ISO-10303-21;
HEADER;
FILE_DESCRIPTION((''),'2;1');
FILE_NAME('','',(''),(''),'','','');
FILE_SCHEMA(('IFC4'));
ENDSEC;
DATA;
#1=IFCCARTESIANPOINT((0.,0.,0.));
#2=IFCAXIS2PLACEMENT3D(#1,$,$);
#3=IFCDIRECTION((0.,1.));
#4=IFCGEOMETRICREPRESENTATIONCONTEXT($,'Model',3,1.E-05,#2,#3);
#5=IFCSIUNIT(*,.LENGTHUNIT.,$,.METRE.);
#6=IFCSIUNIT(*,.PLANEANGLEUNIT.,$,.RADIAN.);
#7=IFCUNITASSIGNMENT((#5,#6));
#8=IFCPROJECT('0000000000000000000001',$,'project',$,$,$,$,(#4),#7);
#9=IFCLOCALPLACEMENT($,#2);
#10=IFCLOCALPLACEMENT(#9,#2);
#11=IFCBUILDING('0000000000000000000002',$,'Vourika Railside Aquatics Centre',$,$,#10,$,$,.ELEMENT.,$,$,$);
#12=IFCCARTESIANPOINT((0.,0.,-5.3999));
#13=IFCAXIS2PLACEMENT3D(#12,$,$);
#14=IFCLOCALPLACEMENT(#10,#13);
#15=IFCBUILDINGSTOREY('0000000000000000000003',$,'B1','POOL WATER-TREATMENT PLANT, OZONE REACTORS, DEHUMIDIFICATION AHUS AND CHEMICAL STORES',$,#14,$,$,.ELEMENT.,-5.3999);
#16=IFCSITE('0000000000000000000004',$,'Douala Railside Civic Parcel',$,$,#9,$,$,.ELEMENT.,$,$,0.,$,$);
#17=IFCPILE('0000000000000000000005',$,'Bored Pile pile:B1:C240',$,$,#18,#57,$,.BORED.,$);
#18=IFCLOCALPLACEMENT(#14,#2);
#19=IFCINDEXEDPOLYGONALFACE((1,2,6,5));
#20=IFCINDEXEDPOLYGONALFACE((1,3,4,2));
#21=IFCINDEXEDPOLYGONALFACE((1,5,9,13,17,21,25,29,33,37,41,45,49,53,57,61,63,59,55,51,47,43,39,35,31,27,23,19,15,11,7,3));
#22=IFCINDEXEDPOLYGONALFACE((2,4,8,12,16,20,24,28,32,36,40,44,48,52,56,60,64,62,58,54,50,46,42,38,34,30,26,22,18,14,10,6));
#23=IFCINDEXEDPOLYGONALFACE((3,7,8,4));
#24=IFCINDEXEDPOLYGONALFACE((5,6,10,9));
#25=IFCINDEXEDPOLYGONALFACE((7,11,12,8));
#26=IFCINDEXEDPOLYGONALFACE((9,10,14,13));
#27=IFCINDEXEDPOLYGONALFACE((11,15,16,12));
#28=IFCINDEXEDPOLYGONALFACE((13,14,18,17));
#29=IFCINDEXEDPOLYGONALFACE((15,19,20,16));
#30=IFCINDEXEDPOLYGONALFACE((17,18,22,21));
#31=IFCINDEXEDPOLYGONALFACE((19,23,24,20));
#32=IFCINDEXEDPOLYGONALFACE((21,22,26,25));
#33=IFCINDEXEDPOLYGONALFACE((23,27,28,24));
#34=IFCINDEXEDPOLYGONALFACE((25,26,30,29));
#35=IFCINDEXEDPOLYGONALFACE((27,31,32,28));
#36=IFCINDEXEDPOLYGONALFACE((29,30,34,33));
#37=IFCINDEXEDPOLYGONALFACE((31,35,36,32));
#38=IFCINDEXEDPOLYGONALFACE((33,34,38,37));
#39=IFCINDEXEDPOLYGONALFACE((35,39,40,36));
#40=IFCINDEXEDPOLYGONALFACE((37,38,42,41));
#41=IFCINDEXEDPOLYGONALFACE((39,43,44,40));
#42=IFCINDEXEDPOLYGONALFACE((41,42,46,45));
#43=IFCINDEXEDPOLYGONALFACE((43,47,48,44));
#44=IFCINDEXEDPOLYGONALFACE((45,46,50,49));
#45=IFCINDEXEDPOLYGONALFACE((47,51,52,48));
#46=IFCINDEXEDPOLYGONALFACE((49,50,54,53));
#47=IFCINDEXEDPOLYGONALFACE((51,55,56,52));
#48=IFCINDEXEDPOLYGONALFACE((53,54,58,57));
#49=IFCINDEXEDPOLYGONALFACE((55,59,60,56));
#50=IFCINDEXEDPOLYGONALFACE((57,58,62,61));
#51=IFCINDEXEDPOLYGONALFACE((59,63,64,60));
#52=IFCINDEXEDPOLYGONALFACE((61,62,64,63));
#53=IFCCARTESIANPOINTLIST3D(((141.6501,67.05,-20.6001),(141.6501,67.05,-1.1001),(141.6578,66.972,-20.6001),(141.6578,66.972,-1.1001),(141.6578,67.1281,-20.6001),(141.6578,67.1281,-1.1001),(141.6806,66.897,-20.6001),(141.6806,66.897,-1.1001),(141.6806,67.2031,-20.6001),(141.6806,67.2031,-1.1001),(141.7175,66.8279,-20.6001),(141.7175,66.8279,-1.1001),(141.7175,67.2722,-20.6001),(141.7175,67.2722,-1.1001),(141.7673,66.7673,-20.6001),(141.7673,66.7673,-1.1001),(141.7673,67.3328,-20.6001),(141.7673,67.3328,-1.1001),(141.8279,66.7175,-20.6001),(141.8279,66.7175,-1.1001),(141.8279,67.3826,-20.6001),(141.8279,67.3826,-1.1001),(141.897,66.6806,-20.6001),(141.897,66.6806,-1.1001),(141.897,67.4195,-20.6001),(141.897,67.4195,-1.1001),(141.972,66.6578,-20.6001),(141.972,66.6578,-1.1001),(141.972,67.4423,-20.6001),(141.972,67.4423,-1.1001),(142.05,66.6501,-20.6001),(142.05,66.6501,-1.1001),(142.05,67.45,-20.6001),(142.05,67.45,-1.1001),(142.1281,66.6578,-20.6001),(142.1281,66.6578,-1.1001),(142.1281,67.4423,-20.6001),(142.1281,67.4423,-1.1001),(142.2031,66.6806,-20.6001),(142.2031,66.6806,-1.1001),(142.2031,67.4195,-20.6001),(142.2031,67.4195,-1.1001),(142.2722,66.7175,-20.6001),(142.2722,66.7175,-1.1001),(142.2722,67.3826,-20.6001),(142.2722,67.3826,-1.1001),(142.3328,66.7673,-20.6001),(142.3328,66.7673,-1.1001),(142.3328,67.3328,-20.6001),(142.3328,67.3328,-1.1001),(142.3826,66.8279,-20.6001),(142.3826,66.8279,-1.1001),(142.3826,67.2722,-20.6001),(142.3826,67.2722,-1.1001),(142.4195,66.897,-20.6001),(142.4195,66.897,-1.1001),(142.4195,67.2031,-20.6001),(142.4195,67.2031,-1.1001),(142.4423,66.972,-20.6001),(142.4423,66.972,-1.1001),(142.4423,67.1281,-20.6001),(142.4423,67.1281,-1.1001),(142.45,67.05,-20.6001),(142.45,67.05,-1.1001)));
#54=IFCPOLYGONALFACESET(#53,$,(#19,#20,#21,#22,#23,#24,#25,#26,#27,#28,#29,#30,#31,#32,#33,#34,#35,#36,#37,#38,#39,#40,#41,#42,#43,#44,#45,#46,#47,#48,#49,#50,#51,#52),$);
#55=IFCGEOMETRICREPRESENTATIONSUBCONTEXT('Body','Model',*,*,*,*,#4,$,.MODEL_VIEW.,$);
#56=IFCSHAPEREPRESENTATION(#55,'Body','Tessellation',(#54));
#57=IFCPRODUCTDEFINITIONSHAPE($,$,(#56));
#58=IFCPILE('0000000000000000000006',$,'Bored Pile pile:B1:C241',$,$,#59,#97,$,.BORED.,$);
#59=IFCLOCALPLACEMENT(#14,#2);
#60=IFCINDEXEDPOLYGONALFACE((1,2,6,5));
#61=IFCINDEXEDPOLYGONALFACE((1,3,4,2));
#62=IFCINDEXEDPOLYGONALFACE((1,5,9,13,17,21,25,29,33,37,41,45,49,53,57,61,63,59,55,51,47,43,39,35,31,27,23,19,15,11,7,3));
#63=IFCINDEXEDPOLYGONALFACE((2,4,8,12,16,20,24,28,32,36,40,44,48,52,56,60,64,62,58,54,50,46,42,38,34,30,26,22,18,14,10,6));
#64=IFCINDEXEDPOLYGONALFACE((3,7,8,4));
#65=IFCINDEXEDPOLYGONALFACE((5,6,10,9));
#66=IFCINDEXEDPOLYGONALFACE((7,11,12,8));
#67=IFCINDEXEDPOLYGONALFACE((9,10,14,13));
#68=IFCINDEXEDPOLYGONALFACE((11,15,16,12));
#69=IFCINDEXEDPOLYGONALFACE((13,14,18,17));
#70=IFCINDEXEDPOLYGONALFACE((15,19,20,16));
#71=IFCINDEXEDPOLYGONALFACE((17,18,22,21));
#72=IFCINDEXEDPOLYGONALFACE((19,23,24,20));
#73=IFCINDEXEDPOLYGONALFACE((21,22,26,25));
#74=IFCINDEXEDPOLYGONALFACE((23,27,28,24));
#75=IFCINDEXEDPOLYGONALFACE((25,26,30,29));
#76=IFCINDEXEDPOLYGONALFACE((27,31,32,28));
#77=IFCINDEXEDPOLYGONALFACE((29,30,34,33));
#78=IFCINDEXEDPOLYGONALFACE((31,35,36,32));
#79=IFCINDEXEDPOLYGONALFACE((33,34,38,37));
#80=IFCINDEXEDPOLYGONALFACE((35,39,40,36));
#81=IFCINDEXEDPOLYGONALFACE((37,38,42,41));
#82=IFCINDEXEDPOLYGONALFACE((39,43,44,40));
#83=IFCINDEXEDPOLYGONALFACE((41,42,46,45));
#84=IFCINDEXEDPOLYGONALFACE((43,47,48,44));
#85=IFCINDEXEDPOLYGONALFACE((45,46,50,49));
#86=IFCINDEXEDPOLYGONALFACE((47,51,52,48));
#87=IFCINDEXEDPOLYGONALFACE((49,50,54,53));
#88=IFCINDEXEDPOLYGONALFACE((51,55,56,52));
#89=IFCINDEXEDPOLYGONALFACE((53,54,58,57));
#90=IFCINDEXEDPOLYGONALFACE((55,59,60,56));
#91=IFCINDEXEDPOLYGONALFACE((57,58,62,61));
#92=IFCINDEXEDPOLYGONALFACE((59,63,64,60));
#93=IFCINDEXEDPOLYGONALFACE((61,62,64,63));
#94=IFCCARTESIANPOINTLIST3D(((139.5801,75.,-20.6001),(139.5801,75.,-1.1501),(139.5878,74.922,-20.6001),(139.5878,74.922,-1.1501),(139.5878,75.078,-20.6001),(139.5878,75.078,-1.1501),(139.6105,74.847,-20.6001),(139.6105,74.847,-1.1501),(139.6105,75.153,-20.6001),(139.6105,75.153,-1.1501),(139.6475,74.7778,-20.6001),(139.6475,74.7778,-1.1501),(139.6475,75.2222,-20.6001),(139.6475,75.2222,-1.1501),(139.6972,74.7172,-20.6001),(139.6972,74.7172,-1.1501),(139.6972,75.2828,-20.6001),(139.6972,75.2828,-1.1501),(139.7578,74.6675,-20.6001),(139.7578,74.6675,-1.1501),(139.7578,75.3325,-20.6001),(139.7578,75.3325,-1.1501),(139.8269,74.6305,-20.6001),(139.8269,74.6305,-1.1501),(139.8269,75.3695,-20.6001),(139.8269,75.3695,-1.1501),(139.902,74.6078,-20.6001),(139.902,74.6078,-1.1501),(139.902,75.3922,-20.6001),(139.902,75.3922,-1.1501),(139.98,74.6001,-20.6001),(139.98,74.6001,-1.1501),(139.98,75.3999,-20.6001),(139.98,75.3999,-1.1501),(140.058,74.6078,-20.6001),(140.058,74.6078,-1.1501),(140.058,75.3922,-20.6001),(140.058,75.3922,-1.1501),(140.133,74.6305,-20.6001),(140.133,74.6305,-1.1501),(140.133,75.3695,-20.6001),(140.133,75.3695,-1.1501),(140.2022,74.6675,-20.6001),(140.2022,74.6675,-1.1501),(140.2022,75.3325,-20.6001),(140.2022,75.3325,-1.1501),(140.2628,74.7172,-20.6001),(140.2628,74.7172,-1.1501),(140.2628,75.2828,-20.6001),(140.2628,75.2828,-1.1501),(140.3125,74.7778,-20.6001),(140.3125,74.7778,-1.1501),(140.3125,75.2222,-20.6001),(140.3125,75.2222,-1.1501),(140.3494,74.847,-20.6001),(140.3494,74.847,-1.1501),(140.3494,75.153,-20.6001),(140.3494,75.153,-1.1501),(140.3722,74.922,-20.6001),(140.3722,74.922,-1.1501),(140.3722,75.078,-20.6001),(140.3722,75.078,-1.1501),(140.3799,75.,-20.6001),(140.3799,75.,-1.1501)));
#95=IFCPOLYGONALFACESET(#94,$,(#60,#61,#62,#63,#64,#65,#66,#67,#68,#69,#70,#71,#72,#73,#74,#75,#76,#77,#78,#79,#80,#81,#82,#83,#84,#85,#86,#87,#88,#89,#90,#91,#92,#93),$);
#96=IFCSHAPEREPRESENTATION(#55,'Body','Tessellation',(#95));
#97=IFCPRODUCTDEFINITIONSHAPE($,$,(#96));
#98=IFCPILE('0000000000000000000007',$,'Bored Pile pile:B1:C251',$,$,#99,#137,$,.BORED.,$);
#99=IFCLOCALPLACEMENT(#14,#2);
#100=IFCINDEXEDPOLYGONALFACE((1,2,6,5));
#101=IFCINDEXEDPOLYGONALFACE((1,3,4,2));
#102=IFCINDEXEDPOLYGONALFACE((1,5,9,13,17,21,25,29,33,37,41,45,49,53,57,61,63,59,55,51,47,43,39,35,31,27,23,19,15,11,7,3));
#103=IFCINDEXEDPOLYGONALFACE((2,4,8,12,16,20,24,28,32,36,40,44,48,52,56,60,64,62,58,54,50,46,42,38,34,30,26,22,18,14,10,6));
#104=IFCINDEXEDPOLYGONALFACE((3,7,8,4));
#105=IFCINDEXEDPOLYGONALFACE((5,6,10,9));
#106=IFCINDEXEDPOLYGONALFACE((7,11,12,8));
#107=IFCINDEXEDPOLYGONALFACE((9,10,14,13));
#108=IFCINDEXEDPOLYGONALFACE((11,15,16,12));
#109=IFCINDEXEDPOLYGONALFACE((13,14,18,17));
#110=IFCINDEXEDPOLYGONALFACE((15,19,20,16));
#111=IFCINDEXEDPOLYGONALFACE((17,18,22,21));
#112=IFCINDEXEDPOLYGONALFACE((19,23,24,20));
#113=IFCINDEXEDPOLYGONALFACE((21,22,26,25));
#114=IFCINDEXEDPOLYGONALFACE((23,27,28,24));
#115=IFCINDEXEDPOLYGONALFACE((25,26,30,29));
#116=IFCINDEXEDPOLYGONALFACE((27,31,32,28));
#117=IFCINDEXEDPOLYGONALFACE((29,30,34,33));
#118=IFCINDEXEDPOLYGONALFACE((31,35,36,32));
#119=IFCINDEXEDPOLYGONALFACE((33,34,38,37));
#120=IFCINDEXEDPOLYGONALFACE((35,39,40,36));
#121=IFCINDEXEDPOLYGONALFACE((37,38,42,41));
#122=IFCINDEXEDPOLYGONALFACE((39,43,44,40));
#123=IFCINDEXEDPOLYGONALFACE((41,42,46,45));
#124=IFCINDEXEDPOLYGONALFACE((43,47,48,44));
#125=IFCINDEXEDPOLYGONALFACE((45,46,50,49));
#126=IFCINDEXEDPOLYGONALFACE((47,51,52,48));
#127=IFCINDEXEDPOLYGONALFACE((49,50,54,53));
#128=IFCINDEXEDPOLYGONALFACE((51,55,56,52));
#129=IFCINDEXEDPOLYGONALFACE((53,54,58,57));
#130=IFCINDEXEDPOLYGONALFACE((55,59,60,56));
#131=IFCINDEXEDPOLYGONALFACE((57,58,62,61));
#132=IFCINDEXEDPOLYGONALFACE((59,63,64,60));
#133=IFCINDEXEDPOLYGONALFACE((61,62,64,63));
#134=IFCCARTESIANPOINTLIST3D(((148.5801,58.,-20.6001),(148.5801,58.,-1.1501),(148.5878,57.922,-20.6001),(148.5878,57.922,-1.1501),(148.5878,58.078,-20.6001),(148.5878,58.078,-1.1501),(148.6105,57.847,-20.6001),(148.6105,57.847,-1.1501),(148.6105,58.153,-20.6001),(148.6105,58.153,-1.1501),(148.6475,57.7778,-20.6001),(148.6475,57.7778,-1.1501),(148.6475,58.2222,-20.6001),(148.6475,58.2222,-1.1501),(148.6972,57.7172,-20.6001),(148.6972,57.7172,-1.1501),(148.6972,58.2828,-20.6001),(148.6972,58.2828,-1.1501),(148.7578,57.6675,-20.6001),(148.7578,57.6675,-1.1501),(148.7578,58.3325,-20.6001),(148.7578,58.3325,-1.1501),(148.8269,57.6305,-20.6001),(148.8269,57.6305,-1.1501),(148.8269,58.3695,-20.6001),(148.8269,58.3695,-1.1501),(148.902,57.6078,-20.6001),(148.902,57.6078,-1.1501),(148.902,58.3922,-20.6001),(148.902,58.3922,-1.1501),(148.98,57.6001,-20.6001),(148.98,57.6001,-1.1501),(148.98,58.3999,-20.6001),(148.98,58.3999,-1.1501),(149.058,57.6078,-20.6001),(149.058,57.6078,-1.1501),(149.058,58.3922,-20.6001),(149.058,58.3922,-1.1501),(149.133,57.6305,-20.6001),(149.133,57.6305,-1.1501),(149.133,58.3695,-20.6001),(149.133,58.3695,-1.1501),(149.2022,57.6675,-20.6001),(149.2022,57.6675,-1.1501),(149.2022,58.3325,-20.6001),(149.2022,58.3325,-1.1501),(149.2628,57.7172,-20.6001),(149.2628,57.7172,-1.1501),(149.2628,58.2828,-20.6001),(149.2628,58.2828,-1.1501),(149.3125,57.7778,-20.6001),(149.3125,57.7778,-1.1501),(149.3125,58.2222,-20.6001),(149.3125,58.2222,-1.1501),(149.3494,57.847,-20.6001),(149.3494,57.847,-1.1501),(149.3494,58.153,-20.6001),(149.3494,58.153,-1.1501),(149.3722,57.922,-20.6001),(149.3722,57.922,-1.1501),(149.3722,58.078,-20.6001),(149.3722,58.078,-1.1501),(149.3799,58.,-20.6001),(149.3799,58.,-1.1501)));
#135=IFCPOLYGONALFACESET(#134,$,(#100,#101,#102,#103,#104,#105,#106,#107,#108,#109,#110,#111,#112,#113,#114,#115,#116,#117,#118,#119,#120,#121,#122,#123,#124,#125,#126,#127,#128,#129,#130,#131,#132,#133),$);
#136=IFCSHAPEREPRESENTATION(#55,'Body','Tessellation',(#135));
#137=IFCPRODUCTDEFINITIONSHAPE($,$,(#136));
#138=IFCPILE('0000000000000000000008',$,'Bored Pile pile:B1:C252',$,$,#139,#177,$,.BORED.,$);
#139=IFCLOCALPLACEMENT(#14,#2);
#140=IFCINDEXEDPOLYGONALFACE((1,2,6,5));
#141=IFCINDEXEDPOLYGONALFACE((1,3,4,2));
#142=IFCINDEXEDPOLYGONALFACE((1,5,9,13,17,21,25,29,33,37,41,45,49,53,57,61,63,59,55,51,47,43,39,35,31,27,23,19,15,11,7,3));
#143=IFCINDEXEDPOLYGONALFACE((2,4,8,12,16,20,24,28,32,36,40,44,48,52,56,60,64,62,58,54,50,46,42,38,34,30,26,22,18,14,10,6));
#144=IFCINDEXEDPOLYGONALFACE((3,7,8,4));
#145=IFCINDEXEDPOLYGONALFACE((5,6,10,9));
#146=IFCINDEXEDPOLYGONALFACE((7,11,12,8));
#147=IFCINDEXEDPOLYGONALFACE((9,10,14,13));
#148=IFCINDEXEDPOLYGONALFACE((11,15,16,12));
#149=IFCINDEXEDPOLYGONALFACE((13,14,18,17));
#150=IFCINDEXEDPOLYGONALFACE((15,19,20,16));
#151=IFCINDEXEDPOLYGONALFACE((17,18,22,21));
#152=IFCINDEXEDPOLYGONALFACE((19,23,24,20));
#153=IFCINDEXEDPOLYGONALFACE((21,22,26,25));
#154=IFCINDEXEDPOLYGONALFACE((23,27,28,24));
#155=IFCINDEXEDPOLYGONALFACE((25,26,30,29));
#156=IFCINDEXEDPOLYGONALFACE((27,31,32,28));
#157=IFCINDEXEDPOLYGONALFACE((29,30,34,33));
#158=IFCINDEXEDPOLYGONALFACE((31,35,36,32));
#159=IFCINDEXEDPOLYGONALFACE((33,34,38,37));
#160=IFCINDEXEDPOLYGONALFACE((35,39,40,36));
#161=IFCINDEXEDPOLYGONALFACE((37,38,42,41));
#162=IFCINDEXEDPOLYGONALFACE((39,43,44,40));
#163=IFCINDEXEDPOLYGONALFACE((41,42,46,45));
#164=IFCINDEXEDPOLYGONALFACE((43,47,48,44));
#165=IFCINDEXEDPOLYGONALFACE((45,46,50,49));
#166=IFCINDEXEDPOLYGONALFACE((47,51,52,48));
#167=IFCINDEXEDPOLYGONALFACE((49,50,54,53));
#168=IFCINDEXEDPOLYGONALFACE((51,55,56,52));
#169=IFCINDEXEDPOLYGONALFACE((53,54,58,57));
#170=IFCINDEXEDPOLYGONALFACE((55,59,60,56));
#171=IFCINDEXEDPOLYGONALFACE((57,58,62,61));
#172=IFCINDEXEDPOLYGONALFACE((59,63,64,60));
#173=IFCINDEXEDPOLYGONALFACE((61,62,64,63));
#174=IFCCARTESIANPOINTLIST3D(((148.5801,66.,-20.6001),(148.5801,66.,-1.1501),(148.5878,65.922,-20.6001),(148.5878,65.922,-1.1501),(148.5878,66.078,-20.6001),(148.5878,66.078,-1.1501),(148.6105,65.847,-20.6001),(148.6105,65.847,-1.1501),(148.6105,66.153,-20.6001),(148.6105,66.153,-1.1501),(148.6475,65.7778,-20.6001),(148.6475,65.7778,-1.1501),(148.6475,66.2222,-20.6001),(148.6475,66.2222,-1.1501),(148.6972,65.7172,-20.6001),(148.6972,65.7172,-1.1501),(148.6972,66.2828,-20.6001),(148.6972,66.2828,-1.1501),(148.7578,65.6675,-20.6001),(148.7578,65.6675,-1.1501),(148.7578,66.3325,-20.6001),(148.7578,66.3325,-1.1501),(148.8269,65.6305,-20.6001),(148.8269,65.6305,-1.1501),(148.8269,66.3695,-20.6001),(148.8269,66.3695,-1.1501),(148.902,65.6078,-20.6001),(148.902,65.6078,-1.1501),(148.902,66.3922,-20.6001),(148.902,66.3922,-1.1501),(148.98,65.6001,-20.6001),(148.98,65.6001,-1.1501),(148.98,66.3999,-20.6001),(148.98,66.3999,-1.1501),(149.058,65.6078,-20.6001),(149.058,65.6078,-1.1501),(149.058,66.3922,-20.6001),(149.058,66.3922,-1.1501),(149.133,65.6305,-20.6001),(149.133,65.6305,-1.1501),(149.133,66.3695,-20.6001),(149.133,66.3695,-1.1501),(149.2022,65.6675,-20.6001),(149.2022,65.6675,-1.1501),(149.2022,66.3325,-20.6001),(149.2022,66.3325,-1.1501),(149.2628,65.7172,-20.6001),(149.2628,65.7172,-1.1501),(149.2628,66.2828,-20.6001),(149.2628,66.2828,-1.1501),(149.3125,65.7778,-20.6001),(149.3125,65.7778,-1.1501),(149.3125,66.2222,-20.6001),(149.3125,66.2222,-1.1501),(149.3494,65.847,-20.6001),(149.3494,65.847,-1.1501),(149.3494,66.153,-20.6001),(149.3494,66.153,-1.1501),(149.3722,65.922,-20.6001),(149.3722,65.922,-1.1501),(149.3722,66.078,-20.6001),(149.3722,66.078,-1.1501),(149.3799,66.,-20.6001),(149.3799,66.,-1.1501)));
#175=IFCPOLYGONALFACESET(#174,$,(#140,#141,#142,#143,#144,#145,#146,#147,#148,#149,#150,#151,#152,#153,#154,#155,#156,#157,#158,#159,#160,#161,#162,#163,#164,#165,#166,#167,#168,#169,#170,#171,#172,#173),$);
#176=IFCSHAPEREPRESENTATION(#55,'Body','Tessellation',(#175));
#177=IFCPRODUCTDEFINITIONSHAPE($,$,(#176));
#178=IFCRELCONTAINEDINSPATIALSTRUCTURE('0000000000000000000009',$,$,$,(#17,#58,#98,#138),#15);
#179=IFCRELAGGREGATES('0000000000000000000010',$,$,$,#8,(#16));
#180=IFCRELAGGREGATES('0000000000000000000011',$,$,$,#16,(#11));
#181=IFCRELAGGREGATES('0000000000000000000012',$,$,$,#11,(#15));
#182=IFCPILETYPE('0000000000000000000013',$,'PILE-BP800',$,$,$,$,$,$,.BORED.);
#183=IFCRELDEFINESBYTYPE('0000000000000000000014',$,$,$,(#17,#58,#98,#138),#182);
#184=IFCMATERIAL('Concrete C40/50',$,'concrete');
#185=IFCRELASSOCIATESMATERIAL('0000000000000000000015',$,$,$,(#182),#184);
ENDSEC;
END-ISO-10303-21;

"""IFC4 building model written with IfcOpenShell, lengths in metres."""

from ifc_helpers import new_model, si_unit, direction, frame, origin, origin_2d, place, context, subcontext, project, spatial, circle, extrude, material, material_profile, profile_set, type_object, element, save


model = new_model("IFC4")

# Units and contexts
model_context = context("Model", 3, precision=1e-05, world=origin(), true_north=direction((0.0, 1.0)))
body_context = subcontext(model_context, "Body", "Model", "MODEL_VIEW")
ifc_project = project(units=[si_unit("LENGTHUNIT", "METRE"), si_unit("PLANEANGLEUNIT", "RADIAN")], contexts=[model_context])

# Site, building, storey
site_placement = place(None, origin())
site = spatial("IfcSite", under=ifc_project, at=site_placement, Name="Douala Railside Civic Parcel", CompositionType="ELEMENT", RefElevation=0.0)
building_placement = place(site_placement, origin())
building = spatial("IfcBuilding", under=site, at=building_placement, Name="Vourika Railside Aquatics Centre", CompositionType="ELEMENT")
storey_placement = place(building_placement, frame((0.0, 0.0, -5.3999)))
storey = spatial("IfcBuildingStorey", under=building, at=storey_placement, Name="B1", Description="POOL WATER-TREATMENT PLANT, OZONE REACTORS, DEHUMIDIFICATION AHUS AND CHEMICAL STORES", CompositionType="ELEMENT", Elevation=-5.3999)

# Shared definitions
ifc_material_1 = material(Name="Concrete C40/50", Category="concrete")

# Piles
ifc_material_profile_1 = material_profile(ifc_material_1, circle(Radius=0.3999, at=origin_2d()), Name="BP 800")
ifc_profile_set_1 = profile_set([ifc_material_profile_1], Name="Concrete C40/50")
pile_type_1 = type_object("IfcPileType", Name="PILE-BP800", PredefinedType="BORED", material=ifc_profile_set_1)
for number, where, z_axis, x_axis, name in (
    (1, (142.05, 67.05, -1.1001), (0.0, 0.0, -1.0), (1.0, 0.0, 0.0), "Bored Pile pile:B1:C240"),
):
    element("IfcPile", number, at=place(storey_placement, frame(where, z_axis=z_axis, x_axis=x_axis)), inside=storey, type_object=pile_type_1, Name=name, PredefinedType="BORED", context=body_context, shape_type="SweptSolid", body=[
        extrude(circle(Radius=0.3999, at=origin_2d()), origin(), (0.0, 0.0, 1.0), 19.5),
    ])
for number, where, z_axis, x_axis, name in (
    (2, (139.98, 75.0, -1.1501), (0.0, 0.0, -1.0), (1.0, 0.0, 0.0), "Bored Pile pile:B1:C241"),
    (3, (148.98, 58.0, -1.1501), (0.0, 0.0, -1.0), (1.0, 0.0, 0.0), "Bored Pile pile:B1:C251"),
    (4, (148.98, 66.0, -1.1501), (0.0, 0.0, -1.0), (1.0, 0.0, 0.0), "Bored Pile pile:B1:C252"),
):
    element("IfcPile", number, at=place(storey_placement, frame(where, z_axis=z_axis, x_axis=x_axis)), inside=storey, type_object=pile_type_1, Name=name, PredefinedType="BORED", context=body_context, shape_type="SweptSolid", body=[
        extrude(circle(Radius=0.3999, at=origin_2d()), origin(), (0.0, 0.0, 1.0), 19.45),
    ])

save(model, "model.ifc")
